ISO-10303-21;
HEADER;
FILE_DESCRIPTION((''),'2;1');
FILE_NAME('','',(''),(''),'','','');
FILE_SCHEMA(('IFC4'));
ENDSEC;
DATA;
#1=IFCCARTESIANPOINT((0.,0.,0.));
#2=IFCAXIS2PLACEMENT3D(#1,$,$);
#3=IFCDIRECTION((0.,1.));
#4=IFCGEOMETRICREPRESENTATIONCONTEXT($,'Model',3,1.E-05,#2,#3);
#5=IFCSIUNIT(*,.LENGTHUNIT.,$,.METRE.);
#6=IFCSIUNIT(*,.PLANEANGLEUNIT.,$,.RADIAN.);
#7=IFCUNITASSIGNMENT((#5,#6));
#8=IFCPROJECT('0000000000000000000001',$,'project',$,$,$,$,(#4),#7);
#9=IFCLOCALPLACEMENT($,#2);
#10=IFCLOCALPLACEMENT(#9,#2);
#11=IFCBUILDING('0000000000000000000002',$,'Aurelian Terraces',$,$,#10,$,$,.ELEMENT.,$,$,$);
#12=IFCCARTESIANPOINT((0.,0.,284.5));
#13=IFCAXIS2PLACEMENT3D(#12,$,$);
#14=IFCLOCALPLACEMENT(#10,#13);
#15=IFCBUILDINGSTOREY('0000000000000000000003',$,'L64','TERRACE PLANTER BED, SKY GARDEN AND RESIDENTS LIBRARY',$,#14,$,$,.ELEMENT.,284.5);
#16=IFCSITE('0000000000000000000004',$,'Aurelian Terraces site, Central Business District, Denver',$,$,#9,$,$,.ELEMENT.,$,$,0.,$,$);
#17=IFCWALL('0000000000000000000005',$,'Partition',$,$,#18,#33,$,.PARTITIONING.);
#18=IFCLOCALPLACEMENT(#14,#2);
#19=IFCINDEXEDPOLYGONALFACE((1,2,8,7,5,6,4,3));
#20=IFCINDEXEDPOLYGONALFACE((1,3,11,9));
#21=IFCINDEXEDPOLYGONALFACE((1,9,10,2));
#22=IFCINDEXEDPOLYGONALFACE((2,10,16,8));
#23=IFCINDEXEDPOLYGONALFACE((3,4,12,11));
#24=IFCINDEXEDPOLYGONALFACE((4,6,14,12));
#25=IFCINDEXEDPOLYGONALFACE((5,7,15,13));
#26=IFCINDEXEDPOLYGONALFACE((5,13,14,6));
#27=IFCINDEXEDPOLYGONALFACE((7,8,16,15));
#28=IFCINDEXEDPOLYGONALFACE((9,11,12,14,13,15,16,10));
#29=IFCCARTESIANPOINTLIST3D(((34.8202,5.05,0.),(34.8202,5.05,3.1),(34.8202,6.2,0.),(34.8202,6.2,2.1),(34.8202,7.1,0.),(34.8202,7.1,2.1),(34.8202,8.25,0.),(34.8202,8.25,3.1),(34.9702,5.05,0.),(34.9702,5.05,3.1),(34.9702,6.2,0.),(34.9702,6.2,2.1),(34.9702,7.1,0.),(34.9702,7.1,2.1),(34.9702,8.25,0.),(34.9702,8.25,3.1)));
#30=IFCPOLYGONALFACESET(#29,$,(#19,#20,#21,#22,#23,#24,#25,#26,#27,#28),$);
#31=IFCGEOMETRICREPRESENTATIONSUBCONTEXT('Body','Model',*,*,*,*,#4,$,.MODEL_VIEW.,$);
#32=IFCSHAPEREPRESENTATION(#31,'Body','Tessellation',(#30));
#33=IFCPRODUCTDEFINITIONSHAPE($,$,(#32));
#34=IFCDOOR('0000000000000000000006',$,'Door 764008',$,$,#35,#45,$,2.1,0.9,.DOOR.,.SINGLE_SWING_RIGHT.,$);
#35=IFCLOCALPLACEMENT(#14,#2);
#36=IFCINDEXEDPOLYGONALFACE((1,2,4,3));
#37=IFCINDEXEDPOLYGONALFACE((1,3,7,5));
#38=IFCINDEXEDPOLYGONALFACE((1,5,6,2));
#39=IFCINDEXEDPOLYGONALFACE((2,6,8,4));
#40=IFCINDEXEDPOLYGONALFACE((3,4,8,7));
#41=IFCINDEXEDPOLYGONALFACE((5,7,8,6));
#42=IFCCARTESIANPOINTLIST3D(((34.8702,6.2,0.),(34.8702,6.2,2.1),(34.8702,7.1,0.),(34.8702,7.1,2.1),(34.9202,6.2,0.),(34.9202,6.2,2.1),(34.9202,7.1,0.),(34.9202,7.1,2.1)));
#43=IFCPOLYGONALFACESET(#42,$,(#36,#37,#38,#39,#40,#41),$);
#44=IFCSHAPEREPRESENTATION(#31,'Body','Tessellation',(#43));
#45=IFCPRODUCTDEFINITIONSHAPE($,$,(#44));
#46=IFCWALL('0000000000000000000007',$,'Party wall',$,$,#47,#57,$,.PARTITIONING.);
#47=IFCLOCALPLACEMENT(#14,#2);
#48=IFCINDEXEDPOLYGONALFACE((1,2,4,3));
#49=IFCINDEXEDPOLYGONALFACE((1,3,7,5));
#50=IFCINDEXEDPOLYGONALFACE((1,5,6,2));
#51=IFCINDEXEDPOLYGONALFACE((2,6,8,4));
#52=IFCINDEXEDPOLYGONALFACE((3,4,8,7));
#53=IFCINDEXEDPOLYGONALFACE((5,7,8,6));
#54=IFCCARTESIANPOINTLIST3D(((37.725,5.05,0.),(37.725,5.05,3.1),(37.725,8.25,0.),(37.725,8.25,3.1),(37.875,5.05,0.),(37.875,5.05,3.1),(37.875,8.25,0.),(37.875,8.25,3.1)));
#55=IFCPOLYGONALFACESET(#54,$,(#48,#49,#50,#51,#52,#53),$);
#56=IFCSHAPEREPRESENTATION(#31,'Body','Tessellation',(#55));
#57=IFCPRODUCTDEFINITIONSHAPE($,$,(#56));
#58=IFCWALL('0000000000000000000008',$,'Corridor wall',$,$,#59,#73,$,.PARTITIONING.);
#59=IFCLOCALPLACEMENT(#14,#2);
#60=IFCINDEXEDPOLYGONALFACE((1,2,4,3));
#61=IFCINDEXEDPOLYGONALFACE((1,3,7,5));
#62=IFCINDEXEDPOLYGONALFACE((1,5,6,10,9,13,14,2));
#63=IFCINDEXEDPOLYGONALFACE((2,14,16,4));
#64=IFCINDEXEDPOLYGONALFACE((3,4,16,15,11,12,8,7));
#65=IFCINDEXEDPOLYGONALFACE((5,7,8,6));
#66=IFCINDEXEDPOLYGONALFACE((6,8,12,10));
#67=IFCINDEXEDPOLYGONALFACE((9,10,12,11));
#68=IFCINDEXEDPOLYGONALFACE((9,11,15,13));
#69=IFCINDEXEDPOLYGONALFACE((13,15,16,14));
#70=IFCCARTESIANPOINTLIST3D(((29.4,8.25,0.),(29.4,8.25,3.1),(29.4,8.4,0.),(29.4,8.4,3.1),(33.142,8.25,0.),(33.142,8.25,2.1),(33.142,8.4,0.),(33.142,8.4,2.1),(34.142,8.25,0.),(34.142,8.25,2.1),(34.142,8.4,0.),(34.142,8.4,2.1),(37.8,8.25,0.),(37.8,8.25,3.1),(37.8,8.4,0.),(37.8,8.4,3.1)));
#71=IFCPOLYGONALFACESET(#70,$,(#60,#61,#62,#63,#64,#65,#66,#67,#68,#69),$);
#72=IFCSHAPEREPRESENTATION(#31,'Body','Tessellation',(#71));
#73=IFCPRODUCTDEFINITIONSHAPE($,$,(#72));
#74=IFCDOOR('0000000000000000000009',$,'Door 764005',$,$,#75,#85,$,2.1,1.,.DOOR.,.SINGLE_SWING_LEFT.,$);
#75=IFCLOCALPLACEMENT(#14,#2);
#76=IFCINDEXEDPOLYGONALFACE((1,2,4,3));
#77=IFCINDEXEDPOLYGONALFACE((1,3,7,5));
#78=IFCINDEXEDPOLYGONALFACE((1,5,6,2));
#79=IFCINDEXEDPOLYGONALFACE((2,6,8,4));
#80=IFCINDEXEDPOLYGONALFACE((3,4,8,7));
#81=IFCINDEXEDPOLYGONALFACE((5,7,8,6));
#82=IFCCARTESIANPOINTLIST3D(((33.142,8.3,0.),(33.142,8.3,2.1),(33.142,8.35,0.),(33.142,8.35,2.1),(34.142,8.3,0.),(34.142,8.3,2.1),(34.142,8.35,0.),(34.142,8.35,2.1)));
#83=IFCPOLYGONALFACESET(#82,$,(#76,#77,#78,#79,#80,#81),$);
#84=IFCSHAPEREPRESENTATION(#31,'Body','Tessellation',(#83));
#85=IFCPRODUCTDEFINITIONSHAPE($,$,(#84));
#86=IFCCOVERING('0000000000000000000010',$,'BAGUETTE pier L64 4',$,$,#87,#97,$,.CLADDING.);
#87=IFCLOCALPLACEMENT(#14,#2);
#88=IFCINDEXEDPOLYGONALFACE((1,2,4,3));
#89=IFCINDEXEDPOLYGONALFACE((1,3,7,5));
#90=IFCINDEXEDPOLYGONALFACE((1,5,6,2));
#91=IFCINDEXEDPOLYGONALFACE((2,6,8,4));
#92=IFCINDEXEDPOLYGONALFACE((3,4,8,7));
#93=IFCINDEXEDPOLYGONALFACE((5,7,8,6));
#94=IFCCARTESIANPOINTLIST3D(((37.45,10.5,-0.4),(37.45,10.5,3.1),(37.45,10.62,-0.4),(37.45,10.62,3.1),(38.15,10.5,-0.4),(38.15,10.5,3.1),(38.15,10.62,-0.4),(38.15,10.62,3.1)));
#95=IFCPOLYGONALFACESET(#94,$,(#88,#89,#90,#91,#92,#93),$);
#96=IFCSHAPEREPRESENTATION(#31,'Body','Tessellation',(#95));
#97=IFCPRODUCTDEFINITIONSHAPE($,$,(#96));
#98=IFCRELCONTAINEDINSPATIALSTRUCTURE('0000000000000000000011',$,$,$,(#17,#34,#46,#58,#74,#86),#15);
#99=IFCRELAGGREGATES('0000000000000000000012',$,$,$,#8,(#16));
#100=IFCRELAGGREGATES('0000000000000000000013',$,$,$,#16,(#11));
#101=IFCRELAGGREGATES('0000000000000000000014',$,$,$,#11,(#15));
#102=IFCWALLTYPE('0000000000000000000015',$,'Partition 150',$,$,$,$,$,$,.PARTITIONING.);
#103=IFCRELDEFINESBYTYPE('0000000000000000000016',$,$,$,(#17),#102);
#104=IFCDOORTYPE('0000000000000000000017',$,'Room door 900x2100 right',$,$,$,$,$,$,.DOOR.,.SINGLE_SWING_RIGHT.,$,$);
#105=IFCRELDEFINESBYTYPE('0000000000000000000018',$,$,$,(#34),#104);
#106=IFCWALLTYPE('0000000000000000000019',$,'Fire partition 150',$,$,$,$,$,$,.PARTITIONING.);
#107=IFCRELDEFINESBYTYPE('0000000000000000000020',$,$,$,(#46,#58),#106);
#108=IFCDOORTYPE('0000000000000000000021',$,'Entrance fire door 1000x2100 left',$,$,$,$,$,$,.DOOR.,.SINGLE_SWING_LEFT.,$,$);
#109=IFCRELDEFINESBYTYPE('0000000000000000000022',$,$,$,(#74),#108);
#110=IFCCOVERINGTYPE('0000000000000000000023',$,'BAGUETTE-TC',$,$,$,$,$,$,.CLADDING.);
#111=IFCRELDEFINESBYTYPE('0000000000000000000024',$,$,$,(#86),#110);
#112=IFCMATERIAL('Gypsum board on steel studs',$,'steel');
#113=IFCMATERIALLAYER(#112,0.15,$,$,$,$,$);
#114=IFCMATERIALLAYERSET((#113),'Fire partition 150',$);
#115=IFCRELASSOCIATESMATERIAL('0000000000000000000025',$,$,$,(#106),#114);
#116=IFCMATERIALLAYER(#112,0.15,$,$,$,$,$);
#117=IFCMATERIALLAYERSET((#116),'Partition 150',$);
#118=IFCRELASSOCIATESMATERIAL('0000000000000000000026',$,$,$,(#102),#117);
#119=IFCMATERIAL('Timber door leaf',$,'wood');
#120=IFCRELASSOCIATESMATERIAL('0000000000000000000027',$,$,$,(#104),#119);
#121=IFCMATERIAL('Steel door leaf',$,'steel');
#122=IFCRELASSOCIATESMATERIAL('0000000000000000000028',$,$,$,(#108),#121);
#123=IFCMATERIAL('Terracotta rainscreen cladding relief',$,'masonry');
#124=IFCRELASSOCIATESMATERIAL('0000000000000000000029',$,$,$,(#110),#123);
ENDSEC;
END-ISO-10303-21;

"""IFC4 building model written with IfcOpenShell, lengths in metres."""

from ifc_helpers import new_model, si_unit, direction, frame, frame_2d, origin, origin_2d, place, context, subcontext, project, spatial, rectangle, extrude, source, transform, mapped, material, layer, layer_set, type_object, element, fill, save


model = new_model("IFC4")

# Units and contexts
model_context = context("Model", 3, precision=1e-05, world=origin(), true_north=direction((0.0, 1.0)))
body_context = subcontext(model_context, "Body", "Model", "MODEL_VIEW")
ifc_project = project(units=[si_unit("LENGTHUNIT", "METRE"), si_unit("PLANEANGLEUNIT", "RADIAN")], contexts=[model_context])

# Site, building, storey
site_placement = place(None, origin())
site = spatial("IfcSite", under=ifc_project, at=site_placement, Name="Aurelian Terraces site, Central Business District, Denver", CompositionType="ELEMENT", RefElevation=0.0)
building_placement = place(site_placement, origin())
building = spatial("IfcBuilding", under=site, at=building_placement, Name="Aurelian Terraces", CompositionType="ELEMENT")
storey_placement = place(building_placement, frame((0.0, 0.0, 284.5)))
storey = spatial("IfcBuildingStorey", under=building, at=storey_placement, Name="L64", Description="TERRACE PLANTER BED, SKY GARDEN AND RESIDENTS LIBRARY", CompositionType="ELEMENT", Elevation=284.5)

# Shared definitions
ifc_material_1 = material(Name="Gypsum board on steel studs", Category="steel")

# Shared definitions
ifc_material_2 = material(Name="Steel door leaf", Category="steel")
shared_shape_1 = source(origin(), body_context, "Body", "SweptSolid", [
    extrude(rectangle(XDim=0.9, YDim=2.1, at=frame_2d((0.45, 1.05))), frame((0.0, 0.025, 0.0), z_axis=(0.0, -1.0, 0.0), x_axis=(1.0, 0.0, 0.0)), (0.0, 0.0, 1.0), 0.05),
])

# Shared definitions
ifc_layer_1 = layer(ifc_material_1, 0.15)
ifc_layer_set_1 = layer_set([ifc_layer_1], Name="Fire partition 150")
wall_type_1 = type_object("IfcWallType", Name="Fire partition 150", PredefinedType="PARTITIONING", material=ifc_layer_set_1)

# Shared definitions
ifc_layer_2 = layer(ifc_material_1, 0.15)
ifc_layer_set_2 = layer_set([ifc_layer_2], Name="Partition 150")
wall_type_2 = type_object("IfcWallType", Name="Partition 150", PredefinedType="PARTITIONING", material=ifc_layer_set_2)
shared_shape_2 = source(origin(), body_context, "Body", "SweptSolid", [
    extrude(rectangle(XDim=0.9, YDim=2.1, at=frame_2d((0.45, 1.05))), frame((0.0, 0.085, 0.0), z_axis=(0.0, -1.0, 0.0), x_axis=(1.0, 0.0, 0.0)), (0.0, 0.0, 1.0), 0.17),
])
ifc_material_3 = material(Name="Timber door leaf", Category="wood")
shared_shape_3 = source(origin(), body_context, "Body", "SweptSolid", [
    extrude(rectangle(XDim=1.0, YDim=2.1, at=frame_2d((0.5, 1.05))), frame((0.0, 0.085, 0.0), z_axis=(0.0, -1.0, 0.0), x_axis=(1.0, 0.0, 0.0)), (0.0, 0.0, 1.0), 0.17),
])
shared_shape_4 = source(origin(), body_context, "Body", "SweptSolid", [
    extrude(rectangle(XDim=1.0, YDim=2.1, at=frame_2d((0.5, 1.05))), frame((0.0, 0.025, 0.0), z_axis=(0.0, -1.0, 0.0), x_axis=(1.0, 0.0, 0.0)), (0.0, 0.0, 1.0), 0.05),
])

# Wall, opening, door
shared_shape_5 = source(origin(), body_context, "Body", "SweptSolid", [
    extrude(rectangle(XDim=3.2, YDim=0.15, at=frame_2d((1.6, 0.0))), origin(), (0.0, 0.0, 1.0), 3.1),
])
wall_1_placement = place(storey_placement, frame((34.8952, 5.05, 0.0), z_axis=(0.0, 0.0, 1.0), x_axis=(0.0, 1.0, 0.0)))
wall_1 = element("IfcWall", 1, at=wall_1_placement, inside=storey, type_object=wall_type_2, Name="Partition", PredefinedType="PARTITIONING", context=body_context, shape_type="MappedRepresentation", body=[
    mapped(shared_shape_5, transform((0.0, 0.0, 0.0), scale=1.0)),
])
opening_1_placement = place(wall_1_placement, frame((1.15, 0.0, 0.0)))
opening_1 = element("IfcOpeningElement", 2, at=opening_1_placement, cuts=wall_1, PredefinedType="OPENING", context=body_context, shape_type="MappedRepresentation", body=[
    mapped(shared_shape_2, transform((0.0, 0.0, 0.0), scale=1.0)),
])
door_type_1 = type_object("IfcDoorType", Name="Room door 900x2100 right", OperationType="SINGLE_SWING_RIGHT", PredefinedType="DOOR", material=ifc_material_3)
door_1_placement = place(opening_1_placement, origin())
door_1 = element("IfcDoor", 3, at=door_1_placement, inside=storey, type_object=door_type_1, Name="Door 764008", OperationType="SINGLE_SWING_RIGHT", OverallHeight=2.1, OverallWidth=0.9, PredefinedType="DOOR", context=body_context, shape_type="MappedRepresentation", body=[
    mapped(shared_shape_1, transform((0.0, 0.0, 0.0), scale=1.0)),
])
fill(opening_1, door_1)

# Wall
wall_2_placement = place(storey_placement, frame((37.8, 5.05, 0.0), z_axis=(0.0, 0.0, 1.0), x_axis=(0.0, 1.0, 0.0)))
element("IfcWall", 4, at=wall_2_placement, inside=storey, type_object=wall_type_1, Name="Party wall", PredefinedType="PARTITIONING", context=body_context, shape_type="MappedRepresentation", body=[
    mapped(shared_shape_5, transform((0.0, 0.0, 0.0), scale=1.0)),
])

# Wall, opening, door
shared_shape_6 = source(origin(), body_context, "Body", "SweptSolid", [
    extrude(rectangle(XDim=8.4, YDim=0.15, at=frame_2d((4.2, 0.0))), origin(), (0.0, 0.0, 1.0), 3.1),
])
wall_3_placement = place(storey_placement, frame((37.8, 8.325, 0.0), z_axis=(0.0, 0.0, 1.0), x_axis=(-1.0, 0.0, 0.0)))
wall_3 = element("IfcWall", 5, at=wall_3_placement, inside=storey, type_object=wall_type_1, Name="Corridor wall", PredefinedType="PARTITIONING", context=body_context, shape_type="MappedRepresentation", body=[
    mapped(shared_shape_6, transform((0.0, 0.0, 0.0), scale=1.0)),
])
opening_2_placement = place(wall_3_placement, frame((3.658, 0.0, 0.0)))
opening_2 = element("IfcOpeningElement", 6, at=opening_2_placement, cuts=wall_3, PredefinedType="OPENING", context=body_context, shape_type="MappedRepresentation", body=[
    mapped(shared_shape_3, transform((0.0, 0.0, 0.0), scale=1.0)),
])
door_type_2 = type_object("IfcDoorType", Name="Entrance fire door 1000x2100 left", OperationType="SINGLE_SWING_LEFT", PredefinedType="DOOR", material=ifc_material_2)
door_2_placement = place(opening_2_placement, origin())
door_2 = element("IfcDoor", 7, at=door_2_placement, inside=storey, type_object=door_type_2, Name="Door 764005", OperationType="SINGLE_SWING_LEFT", OverallHeight=2.1, OverallWidth=1.0, PredefinedType="DOOR", context=body_context, shape_type="MappedRepresentation", body=[
    mapped(shared_shape_4, transform((0.0, 0.0, 0.0), scale=1.0)),
])
fill(opening_2, door_2)

# Covering
ifc_material_4 = material(Name="Terracotta rainscreen cladding relief", Category="masonry")
covering_type = type_object("IfcCoveringType", Name="BAGUETTE-TC", PredefinedType="CLADDING", material=ifc_material_4)
shared_shape_7 = source(origin(), body_context, "Body", "SweptSolid", [
    extrude(rectangle(XDim=0.7, YDim=0.12, at=origin_2d()), origin(), (0.0, 0.0, 1.0), 3.5),
])
covering_placement = place(storey_placement, frame((37.8, 10.56, -0.4), z_axis=(0.0, 0.0, 1.0), x_axis=(1.0, 0.0, 0.0)))
element("IfcCovering", 8, at=covering_placement, inside=storey, type_object=covering_type, Name="BAGUETTE pier L64 4", PredefinedType="CLADDING", context=body_context, shape_type="MappedRepresentation", body=[
    mapped(shared_shape_7, transform((0.0, 0.0, 0.0), scale=1.0)),
])

save(model, "model.ifc")
